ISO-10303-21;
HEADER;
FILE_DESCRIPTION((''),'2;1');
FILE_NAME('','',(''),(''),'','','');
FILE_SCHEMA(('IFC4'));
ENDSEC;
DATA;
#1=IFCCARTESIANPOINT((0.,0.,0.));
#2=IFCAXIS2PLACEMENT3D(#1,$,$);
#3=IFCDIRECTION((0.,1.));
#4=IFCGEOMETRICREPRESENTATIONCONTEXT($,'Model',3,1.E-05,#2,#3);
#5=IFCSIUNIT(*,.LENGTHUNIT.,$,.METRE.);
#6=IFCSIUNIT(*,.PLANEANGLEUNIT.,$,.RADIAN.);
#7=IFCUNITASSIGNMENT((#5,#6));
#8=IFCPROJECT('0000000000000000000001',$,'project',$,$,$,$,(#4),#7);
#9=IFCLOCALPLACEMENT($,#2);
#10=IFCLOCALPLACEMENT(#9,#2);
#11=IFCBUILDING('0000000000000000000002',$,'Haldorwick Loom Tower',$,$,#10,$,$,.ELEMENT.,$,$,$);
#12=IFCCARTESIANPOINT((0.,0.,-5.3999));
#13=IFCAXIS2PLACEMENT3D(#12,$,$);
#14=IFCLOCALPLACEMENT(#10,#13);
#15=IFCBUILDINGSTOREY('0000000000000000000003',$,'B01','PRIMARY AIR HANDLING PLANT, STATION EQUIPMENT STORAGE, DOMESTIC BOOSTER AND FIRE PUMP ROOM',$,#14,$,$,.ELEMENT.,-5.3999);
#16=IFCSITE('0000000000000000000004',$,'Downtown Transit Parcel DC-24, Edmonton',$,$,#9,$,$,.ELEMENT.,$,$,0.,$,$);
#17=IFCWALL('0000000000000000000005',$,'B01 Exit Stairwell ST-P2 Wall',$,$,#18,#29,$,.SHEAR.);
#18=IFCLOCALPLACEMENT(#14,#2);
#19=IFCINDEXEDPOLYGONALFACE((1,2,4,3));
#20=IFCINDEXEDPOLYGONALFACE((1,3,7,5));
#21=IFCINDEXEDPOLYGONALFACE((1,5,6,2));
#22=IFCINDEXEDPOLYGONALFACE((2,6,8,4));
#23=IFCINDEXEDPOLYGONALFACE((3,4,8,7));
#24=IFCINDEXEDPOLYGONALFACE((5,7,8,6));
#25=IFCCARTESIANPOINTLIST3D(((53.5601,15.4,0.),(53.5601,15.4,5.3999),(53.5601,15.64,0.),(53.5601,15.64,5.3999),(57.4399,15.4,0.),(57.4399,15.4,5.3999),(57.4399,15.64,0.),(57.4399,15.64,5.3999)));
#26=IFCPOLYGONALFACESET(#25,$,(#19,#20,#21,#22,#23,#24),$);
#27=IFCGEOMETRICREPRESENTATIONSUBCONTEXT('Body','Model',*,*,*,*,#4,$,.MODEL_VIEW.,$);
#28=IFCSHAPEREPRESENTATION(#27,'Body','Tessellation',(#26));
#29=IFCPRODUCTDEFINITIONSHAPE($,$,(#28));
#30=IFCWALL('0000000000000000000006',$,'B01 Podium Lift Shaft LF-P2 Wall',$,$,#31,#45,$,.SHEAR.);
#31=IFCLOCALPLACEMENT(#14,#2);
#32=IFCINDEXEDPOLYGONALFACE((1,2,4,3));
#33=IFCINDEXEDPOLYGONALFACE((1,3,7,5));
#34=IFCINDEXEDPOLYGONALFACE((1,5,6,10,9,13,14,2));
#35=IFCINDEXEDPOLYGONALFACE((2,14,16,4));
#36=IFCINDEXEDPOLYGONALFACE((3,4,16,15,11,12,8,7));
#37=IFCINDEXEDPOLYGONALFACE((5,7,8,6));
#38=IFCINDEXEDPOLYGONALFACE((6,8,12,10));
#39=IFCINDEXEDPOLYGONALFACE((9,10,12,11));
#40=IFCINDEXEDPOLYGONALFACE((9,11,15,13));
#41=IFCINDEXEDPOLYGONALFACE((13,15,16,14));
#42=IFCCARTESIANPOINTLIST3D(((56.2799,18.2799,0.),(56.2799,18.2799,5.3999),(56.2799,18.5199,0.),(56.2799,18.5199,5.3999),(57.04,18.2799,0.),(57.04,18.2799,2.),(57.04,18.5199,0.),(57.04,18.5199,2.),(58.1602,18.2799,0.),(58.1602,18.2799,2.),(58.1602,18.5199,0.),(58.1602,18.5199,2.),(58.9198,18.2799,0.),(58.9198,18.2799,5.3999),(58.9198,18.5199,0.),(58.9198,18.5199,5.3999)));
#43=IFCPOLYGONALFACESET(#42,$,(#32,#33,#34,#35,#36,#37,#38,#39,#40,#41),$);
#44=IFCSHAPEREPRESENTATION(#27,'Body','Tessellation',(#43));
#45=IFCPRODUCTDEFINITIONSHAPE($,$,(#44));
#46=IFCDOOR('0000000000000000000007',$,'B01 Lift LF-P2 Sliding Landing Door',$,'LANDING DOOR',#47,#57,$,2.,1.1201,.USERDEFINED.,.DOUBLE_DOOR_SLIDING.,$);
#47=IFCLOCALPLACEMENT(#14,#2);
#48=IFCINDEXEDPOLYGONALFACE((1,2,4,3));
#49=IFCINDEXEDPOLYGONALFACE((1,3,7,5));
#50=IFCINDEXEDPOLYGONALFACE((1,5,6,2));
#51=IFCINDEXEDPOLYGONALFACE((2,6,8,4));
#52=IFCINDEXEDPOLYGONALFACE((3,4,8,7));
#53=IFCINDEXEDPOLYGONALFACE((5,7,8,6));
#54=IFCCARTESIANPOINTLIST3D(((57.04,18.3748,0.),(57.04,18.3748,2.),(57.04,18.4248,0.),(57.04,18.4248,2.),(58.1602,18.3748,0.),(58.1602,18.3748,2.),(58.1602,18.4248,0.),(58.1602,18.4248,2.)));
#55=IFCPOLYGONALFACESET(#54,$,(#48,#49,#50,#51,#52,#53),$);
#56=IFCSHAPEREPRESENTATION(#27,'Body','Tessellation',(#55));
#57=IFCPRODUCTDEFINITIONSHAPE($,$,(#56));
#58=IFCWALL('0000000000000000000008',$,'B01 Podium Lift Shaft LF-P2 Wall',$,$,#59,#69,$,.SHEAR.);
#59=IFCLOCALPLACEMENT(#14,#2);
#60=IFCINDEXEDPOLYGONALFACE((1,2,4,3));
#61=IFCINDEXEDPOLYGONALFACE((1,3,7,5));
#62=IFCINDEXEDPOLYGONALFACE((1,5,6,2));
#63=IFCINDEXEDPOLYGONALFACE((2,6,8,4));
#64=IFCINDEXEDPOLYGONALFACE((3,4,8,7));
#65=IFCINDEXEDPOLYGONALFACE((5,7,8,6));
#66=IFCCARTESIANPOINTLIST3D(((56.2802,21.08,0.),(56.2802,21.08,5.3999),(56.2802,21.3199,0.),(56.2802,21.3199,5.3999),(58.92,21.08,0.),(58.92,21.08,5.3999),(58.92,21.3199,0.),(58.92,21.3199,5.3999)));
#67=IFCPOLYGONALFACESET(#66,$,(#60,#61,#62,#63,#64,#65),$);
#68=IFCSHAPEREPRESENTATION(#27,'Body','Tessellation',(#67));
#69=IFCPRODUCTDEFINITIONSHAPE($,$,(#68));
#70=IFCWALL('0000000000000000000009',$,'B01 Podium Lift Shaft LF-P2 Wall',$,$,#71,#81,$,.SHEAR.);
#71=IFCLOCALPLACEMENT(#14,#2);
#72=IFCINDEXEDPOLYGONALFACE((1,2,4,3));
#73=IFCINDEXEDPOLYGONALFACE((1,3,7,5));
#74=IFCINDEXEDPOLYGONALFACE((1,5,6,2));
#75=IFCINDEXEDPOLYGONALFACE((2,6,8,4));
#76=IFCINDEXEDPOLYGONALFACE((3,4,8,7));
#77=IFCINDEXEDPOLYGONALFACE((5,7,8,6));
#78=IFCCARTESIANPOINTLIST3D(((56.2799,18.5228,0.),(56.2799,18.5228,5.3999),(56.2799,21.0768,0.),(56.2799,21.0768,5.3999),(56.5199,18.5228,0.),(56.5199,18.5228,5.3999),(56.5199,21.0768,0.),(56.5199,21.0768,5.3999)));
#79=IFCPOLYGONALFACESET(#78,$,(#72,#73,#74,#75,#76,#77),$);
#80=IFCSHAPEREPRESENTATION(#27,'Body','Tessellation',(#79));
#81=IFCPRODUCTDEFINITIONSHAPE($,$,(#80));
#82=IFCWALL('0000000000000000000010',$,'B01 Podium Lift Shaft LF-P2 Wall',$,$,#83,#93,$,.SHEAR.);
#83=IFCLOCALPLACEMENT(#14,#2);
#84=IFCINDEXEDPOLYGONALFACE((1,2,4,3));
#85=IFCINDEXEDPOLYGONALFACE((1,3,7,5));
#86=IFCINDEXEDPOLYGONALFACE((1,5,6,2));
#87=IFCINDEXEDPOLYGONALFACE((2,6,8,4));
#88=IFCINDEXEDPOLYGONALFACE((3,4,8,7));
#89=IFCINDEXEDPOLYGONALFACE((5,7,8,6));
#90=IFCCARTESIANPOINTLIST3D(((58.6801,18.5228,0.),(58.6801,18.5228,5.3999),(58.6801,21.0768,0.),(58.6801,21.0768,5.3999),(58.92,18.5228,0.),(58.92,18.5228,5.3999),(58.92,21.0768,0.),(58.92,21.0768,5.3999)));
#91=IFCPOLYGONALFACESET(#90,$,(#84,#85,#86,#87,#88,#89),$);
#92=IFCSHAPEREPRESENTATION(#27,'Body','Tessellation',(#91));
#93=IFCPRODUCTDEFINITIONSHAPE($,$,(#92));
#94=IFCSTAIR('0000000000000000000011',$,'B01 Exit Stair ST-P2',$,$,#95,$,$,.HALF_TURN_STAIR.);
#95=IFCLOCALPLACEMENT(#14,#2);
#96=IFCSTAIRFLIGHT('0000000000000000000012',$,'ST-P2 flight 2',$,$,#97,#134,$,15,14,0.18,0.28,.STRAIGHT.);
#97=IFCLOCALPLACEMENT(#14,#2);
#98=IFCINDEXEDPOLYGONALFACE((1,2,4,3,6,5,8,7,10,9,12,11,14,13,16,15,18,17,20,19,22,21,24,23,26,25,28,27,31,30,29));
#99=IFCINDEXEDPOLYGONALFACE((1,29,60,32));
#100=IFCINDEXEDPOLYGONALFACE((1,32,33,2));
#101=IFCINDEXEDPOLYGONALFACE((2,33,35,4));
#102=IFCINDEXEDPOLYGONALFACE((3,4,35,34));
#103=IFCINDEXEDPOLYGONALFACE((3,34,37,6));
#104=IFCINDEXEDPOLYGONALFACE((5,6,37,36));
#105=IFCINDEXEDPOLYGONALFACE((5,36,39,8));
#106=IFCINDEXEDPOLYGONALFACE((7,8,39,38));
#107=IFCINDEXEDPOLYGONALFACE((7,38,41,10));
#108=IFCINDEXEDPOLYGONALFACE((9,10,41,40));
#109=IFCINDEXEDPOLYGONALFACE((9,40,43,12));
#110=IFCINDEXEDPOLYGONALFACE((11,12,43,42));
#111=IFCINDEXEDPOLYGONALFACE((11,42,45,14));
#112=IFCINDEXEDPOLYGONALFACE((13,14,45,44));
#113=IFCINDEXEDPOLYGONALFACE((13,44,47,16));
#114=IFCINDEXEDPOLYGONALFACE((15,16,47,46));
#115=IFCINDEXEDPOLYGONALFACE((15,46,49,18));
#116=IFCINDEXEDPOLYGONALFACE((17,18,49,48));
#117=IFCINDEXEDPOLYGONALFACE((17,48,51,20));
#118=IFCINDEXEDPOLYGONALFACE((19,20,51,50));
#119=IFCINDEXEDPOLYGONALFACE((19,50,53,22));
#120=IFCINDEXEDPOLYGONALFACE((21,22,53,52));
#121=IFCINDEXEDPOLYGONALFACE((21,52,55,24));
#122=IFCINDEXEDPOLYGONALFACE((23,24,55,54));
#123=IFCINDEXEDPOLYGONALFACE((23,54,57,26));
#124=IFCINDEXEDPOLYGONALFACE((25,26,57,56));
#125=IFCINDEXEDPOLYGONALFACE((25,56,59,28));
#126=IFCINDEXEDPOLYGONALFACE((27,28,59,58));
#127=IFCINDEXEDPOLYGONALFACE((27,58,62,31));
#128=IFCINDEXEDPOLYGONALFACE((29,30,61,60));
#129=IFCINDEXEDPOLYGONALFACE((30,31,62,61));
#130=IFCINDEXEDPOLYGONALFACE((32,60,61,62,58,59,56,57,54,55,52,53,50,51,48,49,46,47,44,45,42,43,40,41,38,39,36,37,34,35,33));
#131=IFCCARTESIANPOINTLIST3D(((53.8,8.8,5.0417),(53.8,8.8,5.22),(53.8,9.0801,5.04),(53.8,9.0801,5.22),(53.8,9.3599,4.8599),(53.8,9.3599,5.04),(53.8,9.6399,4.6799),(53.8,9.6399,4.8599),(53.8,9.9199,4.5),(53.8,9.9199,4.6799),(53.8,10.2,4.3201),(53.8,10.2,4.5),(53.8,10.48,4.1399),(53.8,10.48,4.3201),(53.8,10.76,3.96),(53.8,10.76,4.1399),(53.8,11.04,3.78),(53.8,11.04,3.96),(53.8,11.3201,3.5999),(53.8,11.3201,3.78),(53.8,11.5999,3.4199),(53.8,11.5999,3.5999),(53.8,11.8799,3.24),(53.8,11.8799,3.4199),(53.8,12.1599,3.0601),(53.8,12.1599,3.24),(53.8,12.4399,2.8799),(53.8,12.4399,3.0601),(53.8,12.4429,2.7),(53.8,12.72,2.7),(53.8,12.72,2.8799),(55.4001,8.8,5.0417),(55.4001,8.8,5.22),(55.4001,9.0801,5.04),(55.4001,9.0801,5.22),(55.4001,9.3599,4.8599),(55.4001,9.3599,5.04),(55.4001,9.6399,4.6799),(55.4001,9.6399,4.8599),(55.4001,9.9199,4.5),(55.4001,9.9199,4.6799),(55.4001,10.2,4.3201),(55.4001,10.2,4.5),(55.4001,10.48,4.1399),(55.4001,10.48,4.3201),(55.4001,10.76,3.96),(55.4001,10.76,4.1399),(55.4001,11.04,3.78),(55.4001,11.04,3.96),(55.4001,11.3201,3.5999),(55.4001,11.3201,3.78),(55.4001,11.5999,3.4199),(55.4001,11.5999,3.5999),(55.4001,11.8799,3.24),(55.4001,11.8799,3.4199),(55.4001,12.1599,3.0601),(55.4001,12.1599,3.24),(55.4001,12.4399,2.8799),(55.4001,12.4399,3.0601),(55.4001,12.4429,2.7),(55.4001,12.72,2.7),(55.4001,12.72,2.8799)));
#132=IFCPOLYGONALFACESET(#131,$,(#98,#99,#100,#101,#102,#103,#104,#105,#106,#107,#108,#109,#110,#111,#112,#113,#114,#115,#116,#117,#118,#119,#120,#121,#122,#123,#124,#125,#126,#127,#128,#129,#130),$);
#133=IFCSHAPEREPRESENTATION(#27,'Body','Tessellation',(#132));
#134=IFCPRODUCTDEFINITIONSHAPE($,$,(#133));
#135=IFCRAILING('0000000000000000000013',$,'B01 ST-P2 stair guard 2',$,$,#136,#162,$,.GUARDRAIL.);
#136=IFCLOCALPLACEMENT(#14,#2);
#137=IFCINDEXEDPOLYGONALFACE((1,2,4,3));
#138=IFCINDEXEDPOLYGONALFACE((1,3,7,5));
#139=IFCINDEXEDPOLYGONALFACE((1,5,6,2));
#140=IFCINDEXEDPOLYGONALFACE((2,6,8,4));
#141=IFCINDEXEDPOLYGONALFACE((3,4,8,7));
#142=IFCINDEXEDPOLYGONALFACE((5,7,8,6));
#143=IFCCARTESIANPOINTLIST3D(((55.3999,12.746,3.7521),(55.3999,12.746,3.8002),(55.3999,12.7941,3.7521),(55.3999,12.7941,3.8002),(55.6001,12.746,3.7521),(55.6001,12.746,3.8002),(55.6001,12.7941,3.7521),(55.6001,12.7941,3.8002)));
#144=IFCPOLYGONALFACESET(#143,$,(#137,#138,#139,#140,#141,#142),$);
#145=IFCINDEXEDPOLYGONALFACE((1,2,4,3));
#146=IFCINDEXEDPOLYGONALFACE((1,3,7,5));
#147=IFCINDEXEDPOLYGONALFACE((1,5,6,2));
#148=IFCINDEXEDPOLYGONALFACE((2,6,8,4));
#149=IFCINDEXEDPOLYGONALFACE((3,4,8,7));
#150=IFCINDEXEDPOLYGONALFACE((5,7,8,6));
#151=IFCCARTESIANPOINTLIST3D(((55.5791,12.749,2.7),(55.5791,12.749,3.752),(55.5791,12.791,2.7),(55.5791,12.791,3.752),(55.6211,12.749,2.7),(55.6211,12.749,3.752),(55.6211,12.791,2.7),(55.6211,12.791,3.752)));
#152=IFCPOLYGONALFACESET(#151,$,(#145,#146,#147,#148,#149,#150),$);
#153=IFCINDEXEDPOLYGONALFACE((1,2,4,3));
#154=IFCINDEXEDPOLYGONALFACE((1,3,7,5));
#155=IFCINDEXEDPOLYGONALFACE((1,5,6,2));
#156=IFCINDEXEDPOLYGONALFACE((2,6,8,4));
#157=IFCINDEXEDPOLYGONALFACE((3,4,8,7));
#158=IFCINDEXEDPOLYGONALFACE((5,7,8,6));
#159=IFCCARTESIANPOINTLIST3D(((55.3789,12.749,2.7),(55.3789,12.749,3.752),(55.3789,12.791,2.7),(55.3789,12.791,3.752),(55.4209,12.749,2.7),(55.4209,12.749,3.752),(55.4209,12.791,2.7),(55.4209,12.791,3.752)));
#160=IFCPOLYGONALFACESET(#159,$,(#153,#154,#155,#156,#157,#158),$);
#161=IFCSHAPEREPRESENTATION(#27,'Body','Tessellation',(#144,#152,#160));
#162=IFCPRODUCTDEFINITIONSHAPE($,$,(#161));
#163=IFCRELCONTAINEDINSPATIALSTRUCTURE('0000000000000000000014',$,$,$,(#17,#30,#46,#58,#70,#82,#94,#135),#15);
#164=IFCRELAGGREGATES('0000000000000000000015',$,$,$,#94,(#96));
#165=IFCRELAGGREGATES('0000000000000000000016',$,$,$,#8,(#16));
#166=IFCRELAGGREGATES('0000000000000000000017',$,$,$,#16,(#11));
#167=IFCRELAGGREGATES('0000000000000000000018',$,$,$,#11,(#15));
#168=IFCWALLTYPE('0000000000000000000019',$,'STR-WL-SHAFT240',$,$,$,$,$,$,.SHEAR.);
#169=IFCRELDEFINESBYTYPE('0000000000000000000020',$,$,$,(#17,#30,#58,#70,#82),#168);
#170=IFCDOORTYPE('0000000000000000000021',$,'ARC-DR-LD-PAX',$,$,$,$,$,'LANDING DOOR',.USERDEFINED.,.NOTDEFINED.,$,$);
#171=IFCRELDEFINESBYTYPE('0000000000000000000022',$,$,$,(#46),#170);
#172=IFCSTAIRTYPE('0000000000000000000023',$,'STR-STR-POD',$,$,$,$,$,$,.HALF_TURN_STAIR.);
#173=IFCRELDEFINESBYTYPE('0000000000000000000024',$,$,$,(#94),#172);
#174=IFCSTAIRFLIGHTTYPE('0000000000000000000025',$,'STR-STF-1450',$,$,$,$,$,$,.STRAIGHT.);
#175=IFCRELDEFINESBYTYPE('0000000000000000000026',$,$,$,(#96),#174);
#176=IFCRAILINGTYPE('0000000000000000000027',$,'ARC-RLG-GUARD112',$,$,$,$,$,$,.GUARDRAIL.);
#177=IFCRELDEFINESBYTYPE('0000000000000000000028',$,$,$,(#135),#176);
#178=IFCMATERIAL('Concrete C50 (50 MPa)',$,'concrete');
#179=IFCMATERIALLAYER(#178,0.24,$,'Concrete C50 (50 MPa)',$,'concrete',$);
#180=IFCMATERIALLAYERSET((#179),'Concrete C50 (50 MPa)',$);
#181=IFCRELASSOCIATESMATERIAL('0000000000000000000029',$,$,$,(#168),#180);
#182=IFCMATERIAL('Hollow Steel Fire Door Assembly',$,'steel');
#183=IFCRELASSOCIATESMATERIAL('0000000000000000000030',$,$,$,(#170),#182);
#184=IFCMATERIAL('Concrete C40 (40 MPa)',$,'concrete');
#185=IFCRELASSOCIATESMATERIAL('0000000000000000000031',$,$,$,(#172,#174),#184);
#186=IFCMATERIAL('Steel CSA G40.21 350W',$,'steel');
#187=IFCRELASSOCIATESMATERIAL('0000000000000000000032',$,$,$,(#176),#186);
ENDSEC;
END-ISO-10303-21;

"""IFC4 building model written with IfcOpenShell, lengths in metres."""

from ifc_helpers import new_model, si_unit, direction, frame, frame_2d, origin, origin_2d, place, context, subcontext, project, spatial, polyline, rectangle, outline, extrude, material, layer, layer_set, type_object, element, fill, aggregate, save


model = new_model("IFC4")

# Units and contexts
model_context = context("Model", 3, precision=1e-05, world=origin(), true_north=direction((0.0, 1.0)))
body_context = subcontext(model_context, "Body", "Model", "MODEL_VIEW")
ifc_project = project(units=[si_unit("LENGTHUNIT", "METRE"), si_unit("PLANEANGLEUNIT", "RADIAN")], contexts=[model_context])

# Site, building, storey
site_placement = place(None, origin())
site = spatial("IfcSite", under=ifc_project, at=site_placement, Name="Downtown Transit Parcel DC-24, Edmonton", CompositionType="ELEMENT", RefElevation=0.0)
building_placement = place(site_placement, origin())
building = spatial("IfcBuilding", under=site, at=building_placement, Name="Haldorwick Loom Tower", CompositionType="ELEMENT")
storey_placement = place(building_placement, frame((0.0, 0.0, -5.3999)))
storey = spatial("IfcBuildingStorey", under=building, at=storey_placement, Name="B01", Description="PRIMARY AIR HANDLING PLANT, STATION EQUIPMENT STORAGE, DOMESTIC BOOSTER AND FIRE PUMP ROOM", CompositionType="ELEMENT", Elevation=-5.3999)

# Shared definitions
ifc_material_1 = material(Name="Concrete C50 (50 MPa)", Category="concrete")

# Shared definitions
ifc_material_2 = material(Name="Steel CSA G40.21 350W", Category="steel")

# Wall
ifc_layer_1 = layer(ifc_material_1, 0.24, Name="Concrete C50 (50 MPa)", Category="concrete")
ifc_layer_set_1 = layer_set([ifc_layer_1], Name="Concrete C50 (50 MPa)")
wall_type = type_object("IfcWallType", Name="STR-WL-SHAFT240", PredefinedType="SHEAR", material=ifc_layer_set_1)
wall_1_placement = place(storey_placement, frame((57.4399, 15.52, 0.0), z_axis=(0.0, 0.0, 1.0), x_axis=(-1.0, 0.0, 0.0)))
element("IfcWall", 1, at=wall_1_placement, inside=storey, type_object=wall_type, Name="B01 Exit Stairwell ST-P2 Wall", PredefinedType="SHEAR", context=body_context, shape_type="SweptSolid", body=[
    extrude(rectangle(XDim=3.8799, YDim=0.24, at=frame_2d((1.9399, 0.0))), origin(), (0.0, 0.0, 1.0), 5.3999),
])

# Wall, opening, door
wall_2_placement = place(storey_placement, frame((56.28, 18.3999, 0.0), z_axis=(0.0, 0.0, 1.0), x_axis=(1.0, 0.0, 0.0)))
wall_2 = element("IfcWall", 2, at=wall_2_placement, inside=storey, type_object=wall_type, Name="B01 Podium Lift Shaft LF-P2 Wall", PredefinedType="SHEAR", context=body_context, shape_type="SweptSolid", body=[
    extrude(rectangle(XDim=2.6399, YDim=0.24, at=frame_2d((1.3198, 0.0))), origin(), (0.0, 0.0, 1.0), 5.3999),
])
opening_placement = place(wall_2_placement, frame((0.76, 0.0, 0.0)))
opening = element("IfcOpeningElement", 3, at=opening_placement, cuts=wall_2, PredefinedType="OPENING", context=body_context, shape_type="SweptSolid", body=[
    extrude(rectangle(XDim=1.1201, YDim=2.0, at=frame_2d((0.5601, 1.0))), frame((0.0, 0.1299, 0.0), z_axis=(0.0, -1.0, 0.0), x_axis=(1.0, 0.0, 0.0)), (0.0, 0.0, 1.0), 0.26),
])
ifc_material_3 = material(Name="Hollow Steel Fire Door Assembly", Category="steel")
door_type = type_object("IfcDoorType", Name="ARC-DR-LD-PAX", ElementType="LANDING DOOR", OperationType="NOTDEFINED", PredefinedType="USERDEFINED", material=ifc_material_3)
door_placement = place(opening_placement, origin())
door = element("IfcDoor", 4, at=door_placement, inside=storey, type_object=door_type, Name="B01 Lift LF-P2 Sliding Landing Door", ObjectType="LANDING DOOR", OperationType="DOUBLE_DOOR_SLIDING", OverallHeight=2.0, OverallWidth=1.1201, PredefinedType="USERDEFINED", context=body_context, shape_type="SweptSolid", body=[
    extrude(rectangle(XDim=1.1201, YDim=2.0, at=frame_2d((0.5601, 1.0))), frame((0.0, 0.0249, 0.0), z_axis=(0.0, -1.0, 0.0), x_axis=(1.0, 0.0, 0.0)), (0.0, 0.0, 1.0), 0.05),
])
fill(opening, door)

# Walls
wall_3_placement = place(storey_placement, frame((58.9199, 21.2, 0.0), z_axis=(0.0, 0.0, 1.0), x_axis=(-1.0, 0.0, 0.0)))
element("IfcWall", 5, at=wall_3_placement, inside=storey, type_object=wall_type, Name="B01 Podium Lift Shaft LF-P2 Wall", PredefinedType="SHEAR", context=body_context, shape_type="SweptSolid", body=[
    extrude(rectangle(XDim=2.6399, YDim=0.24, at=frame_2d((1.3198, 0.0))), origin(), (0.0, 0.0, 1.0), 5.3999),
])
for number, where, z_axis, x_axis, name in (
    (6, (56.3999, 18.5229, 0.0), (0.0, 0.0, 1.0), (0.0, 1.0, 0.0), "B01 Podium Lift Shaft LF-P2 Wall"),
    (7, (58.8, 18.5229, 0.0), (0.0, 0.0, 1.0), (0.0, 1.0, 0.0), "B01 Podium Lift Shaft LF-P2 Wall"),
):
    element("IfcWall", number, at=place(storey_placement, frame(where, z_axis=z_axis, x_axis=x_axis)), inside=storey, type_object=wall_type, Name=name, PredefinedType="SHEAR", context=body_context, shape_type="SweptSolid", body=[
        extrude(rectangle(XDim=2.554, YDim=0.24, at=frame_2d((1.2769, 0.0))), origin(), (0.0, 0.0, 1.0), 5.3999),
    ])

# Stair, stair flight
ifc_material_4 = material(Name="Concrete C40 (40 MPa)", Category="concrete")
stair_type = type_object("IfcStairType", Name="STR-STR-POD", PredefinedType="HALF_TURN_STAIR", material=ifc_material_4)
stair_placement = place(storey_placement, origin())
stair = element("IfcStair", 8, at=stair_placement, inside=storey, type_object=stair_type, Name="B01 Exit Stair ST-P2", PredefinedType="HALF_TURN_STAIR")
stair_flight_type = type_object("IfcStairFlightType", Name="STR-STF-1450", PredefinedType="STRAIGHT", material=ifc_material_4)
stair_flight_placement = place(storey_placement, frame((54.6001, 12.72, 2.7), z_axis=(0.0, 0.0, 1.0), x_axis=(0.0, -1.0, 0.0)))
stair_flight = element("IfcStairFlight", 9, at=stair_flight_placement, type_object=stair_flight_type, Name="ST-P2 flight 2", NumberOfRisers=15, NumberOfTreads=14, PredefinedType="STRAIGHT", RiserHeight=0.18, TreadLength=0.28, context=body_context, shape_type="SweptSolid", body=[
    extrude(outline(polyline([(0.0, 0.0), (0.0, 0.1799), (0.28, 0.1799), (0.28, 0.3601), (0.5601, 0.3601), (0.5601, 0.54), (0.8401, 0.54), (0.8401, 0.72), (1.1201, 0.72), (1.1201, 0.8999), (1.3999, 0.8999), (1.3999, 1.0801), (1.6799, 1.0801), (1.6799, 1.26), (1.96, 1.26), (1.96, 1.4399), (2.24, 1.4399), (2.24, 1.6201), (2.52, 1.6201), (2.52, 1.8), (2.8, 1.8), (2.8, 1.98), (3.0801, 1.98), (3.0801, 2.1599), (3.3601, 2.1599), (3.3601, 2.3401), (3.6399, 2.3401), (3.6399, 2.52), (3.9199, 2.52), (3.9199, 2.7), (3.9199, 2.3418), (0.2771, 0.0), (0.0, 0.0)])), frame((0.0, 0.8, 0.0), z_axis=(0.0, -1.0, 0.0), x_axis=(1.0, 0.0, 0.0)), (0.0, 0.0, 1.0), 1.6001),
])
aggregate(stair, [stair_flight])

# Railing
railing_type = type_object("IfcRailingType", Name="ARC-RLG-GUARD112", PredefinedType="GUARDRAIL", material=ifc_material_2)
railing_1_placement = place(storey_placement, frame((55.6001, 12.77, 2.7)))
element("IfcRailing", 10, at=railing_1_placement, inside=storey, type_object=railing_type, Name="B01 ST-P2 stair guard 2", PredefinedType="GUARDRAIL", context=body_context, shape_type="SweptSolid", body=[
    extrude(rectangle(XDim=0.0481, YDim=0.0481, at=origin_2d()), frame((0.0, 0.0, 1.0762), z_axis=(-1.0, 0.0, 0.0), x_axis=(0.0, -1.0, 0.0)), (0.0, 0.0, 1.0), 0.2002),
    extrude(rectangle(XDim=0.042, YDim=0.042, at=origin_2d()), origin(), (0.0, 0.0, 1.0), 1.052),
    extrude(rectangle(XDim=0.042, YDim=0.042, at=origin_2d()), frame((-0.2002, 0.0, 0.0)), (0.0, 0.0, 1.0), 1.052),
])

save(model, "model.ifc")
